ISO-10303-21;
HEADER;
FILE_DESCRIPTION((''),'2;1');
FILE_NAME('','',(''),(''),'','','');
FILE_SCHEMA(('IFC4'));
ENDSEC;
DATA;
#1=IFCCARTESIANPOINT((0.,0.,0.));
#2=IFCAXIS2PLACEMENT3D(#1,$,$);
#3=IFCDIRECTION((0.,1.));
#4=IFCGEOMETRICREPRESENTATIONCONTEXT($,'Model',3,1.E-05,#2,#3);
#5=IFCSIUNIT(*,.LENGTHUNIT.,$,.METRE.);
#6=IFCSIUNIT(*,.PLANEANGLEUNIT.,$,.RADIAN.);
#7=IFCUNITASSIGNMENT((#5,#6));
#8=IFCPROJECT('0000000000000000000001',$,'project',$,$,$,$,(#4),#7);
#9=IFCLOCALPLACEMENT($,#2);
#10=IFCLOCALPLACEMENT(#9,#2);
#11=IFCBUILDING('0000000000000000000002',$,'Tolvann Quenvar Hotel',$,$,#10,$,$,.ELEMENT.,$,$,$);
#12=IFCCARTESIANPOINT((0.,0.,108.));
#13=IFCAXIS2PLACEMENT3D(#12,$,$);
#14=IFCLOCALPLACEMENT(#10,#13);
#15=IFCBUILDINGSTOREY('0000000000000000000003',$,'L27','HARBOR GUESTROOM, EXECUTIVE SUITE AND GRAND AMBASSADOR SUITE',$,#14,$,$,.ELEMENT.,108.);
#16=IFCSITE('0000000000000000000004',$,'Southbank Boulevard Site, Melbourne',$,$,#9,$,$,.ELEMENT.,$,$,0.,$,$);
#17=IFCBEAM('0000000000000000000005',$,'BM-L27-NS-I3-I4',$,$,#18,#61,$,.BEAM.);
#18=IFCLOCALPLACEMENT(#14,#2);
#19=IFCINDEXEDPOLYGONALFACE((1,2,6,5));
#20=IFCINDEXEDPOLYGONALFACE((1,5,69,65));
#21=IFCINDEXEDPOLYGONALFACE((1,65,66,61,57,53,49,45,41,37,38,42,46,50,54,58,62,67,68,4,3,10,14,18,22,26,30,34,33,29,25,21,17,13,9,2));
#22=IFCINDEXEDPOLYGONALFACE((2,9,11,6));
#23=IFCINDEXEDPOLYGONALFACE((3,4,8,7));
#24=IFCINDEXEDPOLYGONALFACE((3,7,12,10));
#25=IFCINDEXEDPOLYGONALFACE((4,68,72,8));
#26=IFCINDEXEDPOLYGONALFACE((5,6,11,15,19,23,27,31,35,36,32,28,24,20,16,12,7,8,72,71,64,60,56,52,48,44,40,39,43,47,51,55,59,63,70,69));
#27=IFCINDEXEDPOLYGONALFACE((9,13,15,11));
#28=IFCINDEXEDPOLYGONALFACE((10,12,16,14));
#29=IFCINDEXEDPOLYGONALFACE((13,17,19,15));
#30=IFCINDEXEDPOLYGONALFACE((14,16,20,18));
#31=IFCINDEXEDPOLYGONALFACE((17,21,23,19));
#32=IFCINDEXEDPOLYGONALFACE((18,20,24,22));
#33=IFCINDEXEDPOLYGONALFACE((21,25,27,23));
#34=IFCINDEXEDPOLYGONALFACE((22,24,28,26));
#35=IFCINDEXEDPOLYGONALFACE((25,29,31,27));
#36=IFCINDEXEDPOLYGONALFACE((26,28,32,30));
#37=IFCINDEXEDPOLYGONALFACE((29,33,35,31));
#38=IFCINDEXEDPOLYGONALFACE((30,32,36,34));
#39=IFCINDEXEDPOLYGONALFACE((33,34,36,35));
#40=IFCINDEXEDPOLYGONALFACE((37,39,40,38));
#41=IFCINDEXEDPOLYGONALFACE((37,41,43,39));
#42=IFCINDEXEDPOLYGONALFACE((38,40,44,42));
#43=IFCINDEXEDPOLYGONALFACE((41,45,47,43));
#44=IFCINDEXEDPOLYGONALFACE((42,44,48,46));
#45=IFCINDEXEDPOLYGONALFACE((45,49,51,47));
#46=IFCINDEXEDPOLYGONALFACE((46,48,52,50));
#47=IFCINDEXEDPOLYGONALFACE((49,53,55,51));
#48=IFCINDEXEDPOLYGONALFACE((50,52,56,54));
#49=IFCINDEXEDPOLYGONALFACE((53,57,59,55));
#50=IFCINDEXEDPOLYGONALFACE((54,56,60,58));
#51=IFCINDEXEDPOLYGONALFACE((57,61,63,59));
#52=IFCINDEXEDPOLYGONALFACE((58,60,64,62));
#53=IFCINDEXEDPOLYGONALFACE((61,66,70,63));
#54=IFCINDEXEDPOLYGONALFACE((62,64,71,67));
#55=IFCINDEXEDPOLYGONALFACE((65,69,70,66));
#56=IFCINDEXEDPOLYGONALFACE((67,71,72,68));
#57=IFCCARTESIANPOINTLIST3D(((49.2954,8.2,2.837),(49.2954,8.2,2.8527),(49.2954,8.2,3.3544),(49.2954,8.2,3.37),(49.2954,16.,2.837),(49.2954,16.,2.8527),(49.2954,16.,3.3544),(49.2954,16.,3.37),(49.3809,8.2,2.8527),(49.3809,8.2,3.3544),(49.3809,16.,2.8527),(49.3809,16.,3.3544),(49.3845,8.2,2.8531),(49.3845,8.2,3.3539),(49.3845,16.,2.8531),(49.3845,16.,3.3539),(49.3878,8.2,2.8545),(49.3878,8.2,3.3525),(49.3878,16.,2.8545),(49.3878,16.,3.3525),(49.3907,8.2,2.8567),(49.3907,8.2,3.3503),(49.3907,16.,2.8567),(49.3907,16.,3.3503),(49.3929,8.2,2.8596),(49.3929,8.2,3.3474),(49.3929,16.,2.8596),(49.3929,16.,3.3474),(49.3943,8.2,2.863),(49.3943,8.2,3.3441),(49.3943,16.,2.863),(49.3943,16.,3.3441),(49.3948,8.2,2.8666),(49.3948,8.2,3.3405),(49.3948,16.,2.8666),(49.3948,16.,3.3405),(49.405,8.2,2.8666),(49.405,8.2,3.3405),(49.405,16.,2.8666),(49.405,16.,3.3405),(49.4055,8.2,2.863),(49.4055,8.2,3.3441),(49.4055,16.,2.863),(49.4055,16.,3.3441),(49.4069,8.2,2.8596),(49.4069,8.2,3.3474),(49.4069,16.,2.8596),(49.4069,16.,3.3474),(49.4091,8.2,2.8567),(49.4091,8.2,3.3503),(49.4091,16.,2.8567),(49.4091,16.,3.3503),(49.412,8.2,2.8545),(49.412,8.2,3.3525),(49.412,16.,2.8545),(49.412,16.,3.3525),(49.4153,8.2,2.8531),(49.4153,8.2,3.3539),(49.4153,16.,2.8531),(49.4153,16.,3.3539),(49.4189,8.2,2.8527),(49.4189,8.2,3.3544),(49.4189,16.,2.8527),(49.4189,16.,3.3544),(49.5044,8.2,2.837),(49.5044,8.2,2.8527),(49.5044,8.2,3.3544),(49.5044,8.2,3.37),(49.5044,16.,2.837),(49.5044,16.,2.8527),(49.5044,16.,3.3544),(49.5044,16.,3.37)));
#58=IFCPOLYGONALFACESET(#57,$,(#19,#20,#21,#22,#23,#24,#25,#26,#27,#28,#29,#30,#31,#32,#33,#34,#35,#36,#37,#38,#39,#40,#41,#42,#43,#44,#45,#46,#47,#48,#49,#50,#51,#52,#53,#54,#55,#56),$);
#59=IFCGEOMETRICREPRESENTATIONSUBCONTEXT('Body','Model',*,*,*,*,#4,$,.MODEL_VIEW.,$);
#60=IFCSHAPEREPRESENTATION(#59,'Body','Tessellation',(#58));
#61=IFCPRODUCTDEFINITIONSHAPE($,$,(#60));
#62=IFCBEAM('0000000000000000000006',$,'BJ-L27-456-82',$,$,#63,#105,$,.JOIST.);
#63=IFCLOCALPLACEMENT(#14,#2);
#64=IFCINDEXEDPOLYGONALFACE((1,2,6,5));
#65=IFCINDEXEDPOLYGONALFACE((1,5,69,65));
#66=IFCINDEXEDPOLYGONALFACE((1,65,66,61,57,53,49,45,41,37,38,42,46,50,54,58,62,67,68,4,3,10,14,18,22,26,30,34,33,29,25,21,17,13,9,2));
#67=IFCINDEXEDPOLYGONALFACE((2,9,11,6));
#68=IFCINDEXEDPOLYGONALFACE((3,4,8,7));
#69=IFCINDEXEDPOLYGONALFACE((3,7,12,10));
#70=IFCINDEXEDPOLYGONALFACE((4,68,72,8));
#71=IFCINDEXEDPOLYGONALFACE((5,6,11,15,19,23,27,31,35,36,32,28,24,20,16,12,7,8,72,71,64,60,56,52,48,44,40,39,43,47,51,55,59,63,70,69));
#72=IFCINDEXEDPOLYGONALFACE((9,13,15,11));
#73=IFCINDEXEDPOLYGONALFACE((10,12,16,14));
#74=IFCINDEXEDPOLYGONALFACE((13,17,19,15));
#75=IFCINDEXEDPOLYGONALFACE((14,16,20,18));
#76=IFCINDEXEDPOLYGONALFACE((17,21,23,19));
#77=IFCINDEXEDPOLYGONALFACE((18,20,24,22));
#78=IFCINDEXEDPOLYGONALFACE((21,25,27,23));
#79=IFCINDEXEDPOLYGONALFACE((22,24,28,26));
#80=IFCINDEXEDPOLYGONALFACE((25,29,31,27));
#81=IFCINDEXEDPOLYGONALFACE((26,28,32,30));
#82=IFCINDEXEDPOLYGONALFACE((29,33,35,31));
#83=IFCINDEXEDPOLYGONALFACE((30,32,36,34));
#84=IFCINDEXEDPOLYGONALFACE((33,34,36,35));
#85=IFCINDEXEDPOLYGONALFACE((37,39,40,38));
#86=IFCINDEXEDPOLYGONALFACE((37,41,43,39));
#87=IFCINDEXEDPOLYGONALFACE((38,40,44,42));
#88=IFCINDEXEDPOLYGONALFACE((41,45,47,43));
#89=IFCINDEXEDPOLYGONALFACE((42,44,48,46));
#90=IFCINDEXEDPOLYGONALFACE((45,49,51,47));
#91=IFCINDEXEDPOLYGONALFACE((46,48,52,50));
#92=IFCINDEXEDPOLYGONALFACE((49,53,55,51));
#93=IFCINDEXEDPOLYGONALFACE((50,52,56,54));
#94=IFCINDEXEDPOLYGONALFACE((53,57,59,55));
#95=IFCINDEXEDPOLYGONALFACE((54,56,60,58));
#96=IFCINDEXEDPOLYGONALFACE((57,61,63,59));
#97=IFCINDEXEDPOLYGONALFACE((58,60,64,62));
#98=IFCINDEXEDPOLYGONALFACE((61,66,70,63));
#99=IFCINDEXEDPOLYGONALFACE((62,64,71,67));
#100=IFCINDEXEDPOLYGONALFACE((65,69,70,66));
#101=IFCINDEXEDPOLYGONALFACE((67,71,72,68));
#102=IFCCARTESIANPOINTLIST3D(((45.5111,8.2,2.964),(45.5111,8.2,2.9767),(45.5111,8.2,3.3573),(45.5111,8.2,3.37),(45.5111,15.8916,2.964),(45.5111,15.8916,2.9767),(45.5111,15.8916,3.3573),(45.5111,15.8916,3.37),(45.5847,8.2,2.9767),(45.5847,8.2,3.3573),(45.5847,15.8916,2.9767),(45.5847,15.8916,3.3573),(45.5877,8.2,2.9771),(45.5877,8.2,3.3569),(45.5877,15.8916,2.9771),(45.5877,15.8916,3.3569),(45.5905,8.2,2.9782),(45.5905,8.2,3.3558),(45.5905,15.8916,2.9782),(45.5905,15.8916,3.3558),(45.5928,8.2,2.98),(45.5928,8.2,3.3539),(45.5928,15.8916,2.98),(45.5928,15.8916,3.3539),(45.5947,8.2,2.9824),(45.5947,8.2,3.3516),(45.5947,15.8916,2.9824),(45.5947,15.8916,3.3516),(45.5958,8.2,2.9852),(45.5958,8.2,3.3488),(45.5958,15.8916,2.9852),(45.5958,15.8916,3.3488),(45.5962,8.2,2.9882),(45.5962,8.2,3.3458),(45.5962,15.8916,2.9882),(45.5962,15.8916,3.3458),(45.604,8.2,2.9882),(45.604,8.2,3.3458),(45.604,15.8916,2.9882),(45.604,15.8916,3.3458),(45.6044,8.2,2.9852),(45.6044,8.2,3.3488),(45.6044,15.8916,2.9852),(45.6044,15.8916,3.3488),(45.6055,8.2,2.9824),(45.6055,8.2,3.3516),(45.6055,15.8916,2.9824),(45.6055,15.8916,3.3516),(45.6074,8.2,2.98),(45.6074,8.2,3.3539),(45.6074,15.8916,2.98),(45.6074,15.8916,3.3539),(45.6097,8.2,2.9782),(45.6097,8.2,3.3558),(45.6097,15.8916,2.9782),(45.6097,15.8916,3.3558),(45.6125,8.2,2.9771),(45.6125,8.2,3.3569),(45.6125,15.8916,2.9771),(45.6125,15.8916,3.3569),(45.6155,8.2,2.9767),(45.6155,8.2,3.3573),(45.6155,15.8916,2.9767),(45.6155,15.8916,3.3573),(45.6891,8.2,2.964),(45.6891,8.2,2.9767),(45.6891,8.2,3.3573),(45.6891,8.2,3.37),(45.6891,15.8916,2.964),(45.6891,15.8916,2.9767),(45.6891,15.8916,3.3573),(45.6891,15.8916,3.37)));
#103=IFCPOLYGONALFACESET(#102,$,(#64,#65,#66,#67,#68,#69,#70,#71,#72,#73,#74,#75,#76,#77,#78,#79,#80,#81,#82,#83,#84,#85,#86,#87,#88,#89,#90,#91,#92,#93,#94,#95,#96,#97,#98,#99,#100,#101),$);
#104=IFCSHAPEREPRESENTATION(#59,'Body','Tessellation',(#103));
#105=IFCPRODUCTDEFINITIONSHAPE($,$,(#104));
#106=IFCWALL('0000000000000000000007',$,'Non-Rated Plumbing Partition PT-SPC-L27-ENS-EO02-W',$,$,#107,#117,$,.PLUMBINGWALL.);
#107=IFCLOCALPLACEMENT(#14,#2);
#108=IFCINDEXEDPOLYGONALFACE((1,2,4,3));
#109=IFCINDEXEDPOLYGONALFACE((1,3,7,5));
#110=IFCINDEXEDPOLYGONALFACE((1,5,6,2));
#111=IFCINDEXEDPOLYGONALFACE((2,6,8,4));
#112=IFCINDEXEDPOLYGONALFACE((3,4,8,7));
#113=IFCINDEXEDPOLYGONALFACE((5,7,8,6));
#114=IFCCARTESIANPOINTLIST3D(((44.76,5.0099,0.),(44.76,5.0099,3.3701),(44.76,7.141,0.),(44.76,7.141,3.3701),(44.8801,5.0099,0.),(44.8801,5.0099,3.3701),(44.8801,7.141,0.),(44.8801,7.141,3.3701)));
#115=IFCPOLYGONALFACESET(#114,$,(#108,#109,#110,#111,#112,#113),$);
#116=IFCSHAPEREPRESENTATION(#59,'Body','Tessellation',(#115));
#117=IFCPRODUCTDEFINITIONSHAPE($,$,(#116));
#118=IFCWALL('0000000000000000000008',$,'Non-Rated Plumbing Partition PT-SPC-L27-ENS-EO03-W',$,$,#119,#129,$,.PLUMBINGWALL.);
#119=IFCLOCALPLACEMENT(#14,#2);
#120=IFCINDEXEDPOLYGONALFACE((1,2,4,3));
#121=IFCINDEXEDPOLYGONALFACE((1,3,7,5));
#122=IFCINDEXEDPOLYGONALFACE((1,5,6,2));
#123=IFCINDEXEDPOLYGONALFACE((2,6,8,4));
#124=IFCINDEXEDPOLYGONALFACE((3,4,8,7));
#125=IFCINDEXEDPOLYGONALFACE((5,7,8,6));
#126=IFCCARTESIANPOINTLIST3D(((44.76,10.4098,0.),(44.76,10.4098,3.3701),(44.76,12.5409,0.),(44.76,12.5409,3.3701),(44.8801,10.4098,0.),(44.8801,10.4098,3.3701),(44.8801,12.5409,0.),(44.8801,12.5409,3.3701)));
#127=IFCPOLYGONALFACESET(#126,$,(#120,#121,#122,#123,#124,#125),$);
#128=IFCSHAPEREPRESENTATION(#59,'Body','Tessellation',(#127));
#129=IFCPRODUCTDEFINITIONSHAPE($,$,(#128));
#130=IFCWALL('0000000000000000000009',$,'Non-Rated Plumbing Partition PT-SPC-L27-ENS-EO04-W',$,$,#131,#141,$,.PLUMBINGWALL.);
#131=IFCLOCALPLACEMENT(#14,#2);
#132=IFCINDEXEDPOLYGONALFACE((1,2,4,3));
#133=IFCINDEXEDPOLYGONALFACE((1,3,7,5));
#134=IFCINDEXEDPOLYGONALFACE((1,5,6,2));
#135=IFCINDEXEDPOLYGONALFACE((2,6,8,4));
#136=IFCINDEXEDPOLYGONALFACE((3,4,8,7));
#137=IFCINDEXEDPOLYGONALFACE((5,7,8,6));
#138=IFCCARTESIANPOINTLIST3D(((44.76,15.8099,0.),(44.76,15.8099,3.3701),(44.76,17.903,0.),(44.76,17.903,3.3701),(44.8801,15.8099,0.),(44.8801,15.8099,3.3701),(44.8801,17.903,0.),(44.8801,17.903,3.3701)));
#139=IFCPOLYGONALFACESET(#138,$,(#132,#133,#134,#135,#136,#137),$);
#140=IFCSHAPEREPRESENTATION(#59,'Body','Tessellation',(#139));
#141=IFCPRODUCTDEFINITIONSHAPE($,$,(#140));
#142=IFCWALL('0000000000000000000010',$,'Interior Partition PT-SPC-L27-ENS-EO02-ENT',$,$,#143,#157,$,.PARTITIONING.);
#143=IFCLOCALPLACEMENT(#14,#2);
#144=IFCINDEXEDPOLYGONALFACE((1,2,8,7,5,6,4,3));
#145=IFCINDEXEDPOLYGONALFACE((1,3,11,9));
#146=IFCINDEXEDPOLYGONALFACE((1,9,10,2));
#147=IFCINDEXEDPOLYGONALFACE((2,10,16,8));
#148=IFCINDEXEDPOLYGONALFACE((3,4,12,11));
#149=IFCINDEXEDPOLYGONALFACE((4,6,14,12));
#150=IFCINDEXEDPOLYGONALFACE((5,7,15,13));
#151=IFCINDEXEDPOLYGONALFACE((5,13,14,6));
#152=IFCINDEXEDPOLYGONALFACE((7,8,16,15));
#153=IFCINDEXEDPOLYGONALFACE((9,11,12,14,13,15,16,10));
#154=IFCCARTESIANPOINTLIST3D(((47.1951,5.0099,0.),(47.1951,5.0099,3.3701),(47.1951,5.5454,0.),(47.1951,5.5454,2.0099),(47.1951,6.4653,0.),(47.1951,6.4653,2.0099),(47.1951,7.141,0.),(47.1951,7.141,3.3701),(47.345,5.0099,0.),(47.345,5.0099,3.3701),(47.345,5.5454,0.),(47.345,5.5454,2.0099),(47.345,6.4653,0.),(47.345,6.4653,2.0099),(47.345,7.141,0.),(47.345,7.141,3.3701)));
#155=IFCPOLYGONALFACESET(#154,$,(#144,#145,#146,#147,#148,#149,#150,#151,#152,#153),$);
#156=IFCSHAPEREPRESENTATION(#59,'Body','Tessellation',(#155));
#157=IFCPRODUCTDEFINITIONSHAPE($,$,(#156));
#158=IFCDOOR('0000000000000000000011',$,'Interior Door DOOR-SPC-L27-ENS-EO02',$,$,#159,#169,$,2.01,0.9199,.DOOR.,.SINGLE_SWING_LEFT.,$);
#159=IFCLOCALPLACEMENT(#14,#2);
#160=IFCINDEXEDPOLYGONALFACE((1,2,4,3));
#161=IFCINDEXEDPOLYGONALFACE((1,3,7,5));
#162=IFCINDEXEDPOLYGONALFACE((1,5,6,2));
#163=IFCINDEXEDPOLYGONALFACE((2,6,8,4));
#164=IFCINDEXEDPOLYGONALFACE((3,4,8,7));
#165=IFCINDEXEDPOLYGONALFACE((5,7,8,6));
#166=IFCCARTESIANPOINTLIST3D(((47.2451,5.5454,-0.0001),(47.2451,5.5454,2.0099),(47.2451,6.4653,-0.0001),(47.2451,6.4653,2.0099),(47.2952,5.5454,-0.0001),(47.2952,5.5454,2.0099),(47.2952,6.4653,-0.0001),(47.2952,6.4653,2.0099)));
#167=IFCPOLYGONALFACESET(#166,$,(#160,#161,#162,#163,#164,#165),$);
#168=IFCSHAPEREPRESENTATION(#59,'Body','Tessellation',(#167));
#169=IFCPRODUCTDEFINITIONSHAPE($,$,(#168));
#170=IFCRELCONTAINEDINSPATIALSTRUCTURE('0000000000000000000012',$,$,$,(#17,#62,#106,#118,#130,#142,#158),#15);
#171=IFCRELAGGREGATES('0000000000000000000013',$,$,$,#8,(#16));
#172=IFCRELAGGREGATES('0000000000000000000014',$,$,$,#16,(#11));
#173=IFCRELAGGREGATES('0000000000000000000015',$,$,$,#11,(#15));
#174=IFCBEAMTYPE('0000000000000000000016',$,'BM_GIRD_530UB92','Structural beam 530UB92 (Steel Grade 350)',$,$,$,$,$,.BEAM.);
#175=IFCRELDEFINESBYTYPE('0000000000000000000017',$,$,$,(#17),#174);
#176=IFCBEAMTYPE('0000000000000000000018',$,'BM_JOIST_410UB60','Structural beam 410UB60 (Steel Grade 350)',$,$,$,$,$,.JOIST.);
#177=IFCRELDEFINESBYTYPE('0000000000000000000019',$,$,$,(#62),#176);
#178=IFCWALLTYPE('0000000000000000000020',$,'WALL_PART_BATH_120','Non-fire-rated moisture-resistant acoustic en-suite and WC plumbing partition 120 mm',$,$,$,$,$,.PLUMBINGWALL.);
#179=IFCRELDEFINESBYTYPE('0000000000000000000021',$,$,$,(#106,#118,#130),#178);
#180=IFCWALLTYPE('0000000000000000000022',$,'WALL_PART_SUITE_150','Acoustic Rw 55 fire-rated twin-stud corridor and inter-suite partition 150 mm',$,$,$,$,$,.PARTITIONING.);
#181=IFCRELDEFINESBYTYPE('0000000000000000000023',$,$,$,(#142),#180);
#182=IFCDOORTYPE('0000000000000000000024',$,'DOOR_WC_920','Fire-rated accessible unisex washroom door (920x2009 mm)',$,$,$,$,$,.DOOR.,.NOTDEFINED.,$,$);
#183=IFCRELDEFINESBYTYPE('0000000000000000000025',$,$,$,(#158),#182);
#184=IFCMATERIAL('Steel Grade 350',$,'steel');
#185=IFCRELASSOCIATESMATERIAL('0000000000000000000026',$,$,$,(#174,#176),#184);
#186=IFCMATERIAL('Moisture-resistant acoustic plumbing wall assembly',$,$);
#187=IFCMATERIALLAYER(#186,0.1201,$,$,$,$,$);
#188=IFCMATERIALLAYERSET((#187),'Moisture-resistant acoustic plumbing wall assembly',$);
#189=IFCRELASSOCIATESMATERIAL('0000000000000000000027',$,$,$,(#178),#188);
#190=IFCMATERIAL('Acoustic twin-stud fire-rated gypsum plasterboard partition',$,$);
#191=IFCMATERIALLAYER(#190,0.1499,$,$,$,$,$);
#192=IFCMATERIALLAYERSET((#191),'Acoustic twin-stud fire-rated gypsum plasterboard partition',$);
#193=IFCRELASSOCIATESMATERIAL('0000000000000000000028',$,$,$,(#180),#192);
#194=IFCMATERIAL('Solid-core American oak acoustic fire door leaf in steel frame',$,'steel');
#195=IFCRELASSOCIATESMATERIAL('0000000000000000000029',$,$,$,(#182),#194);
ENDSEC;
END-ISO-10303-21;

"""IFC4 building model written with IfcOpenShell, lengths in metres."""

from ifc_helpers import new_model, si_unit, direction, frame, frame_2d, origin, origin_2d, place, context, subcontext, project, spatial, rectangle, i_section, extrude, source, transform, mapped, material, layer, layer_set, material_profile, profile_set, type_object, type_shapes, element, fill, save


model = new_model("IFC4")

# Units and contexts
model_context = context("Model", 3, precision=1e-05, world=origin(), true_north=direction((0.0, 1.0)))
body_context = subcontext(model_context, "Body", "Model", "MODEL_VIEW")
ifc_project = project(units=[si_unit("LENGTHUNIT", "METRE"), si_unit("PLANEANGLEUNIT", "RADIAN")], contexts=[model_context])

# Site, building, storey
site_placement = place(None, origin())
site = spatial("IfcSite", under=ifc_project, at=site_placement, Name="Southbank Boulevard Site, Melbourne", CompositionType="ELEMENT", RefElevation=0.0)
building_placement = place(site_placement, origin())
building = spatial("IfcBuilding", under=site, at=building_placement, Name="Tolvann Quenvar Hotel", CompositionType="ELEMENT")
storey_placement = place(building_placement, frame((0.0, 0.0, 108.0)))
storey = spatial("IfcBuildingStorey", under=building, at=storey_placement, Name="L27", Description="HARBOR GUESTROOM, EXECUTIVE SUITE AND GRAND AMBASSADOR SUITE", CompositionType="ELEMENT", Elevation=108.0)

# Shared definitions
ifc_material_1 = material(Name="Steel Grade 350", Category="steel")

# Beams
ifc_material_profile_1 = material_profile(ifc_material_1, i_section(OverallWidth=0.209, OverallDepth=0.533, WebThickness=0.0103, FlangeThickness=0.0156, FilletRadius=0.0139, at=origin_2d()), Name="530UB92")
ifc_profile_set_1 = profile_set([ifc_material_profile_1], Name="Steel Grade 350")
beam_type_1 = type_object("IfcBeamType", Name="BM_GIRD_530UB92", Description="Structural beam 530UB92 (Steel Grade 350)", PredefinedType="BEAM", material=ifc_profile_set_1)
shared_shape_1 = source(origin(), body_context, "Body", "SweptSolid", [
    extrude(i_section(OverallWidth=0.209, OverallDepth=0.533, WebThickness=0.0103, FlangeThickness=0.0156, FilletRadius=0.0139, at=origin_2d()), origin(), (0.0, 0.0, 1.0), 7.8),
])
type_shapes(beam_type_1, [shared_shape_1])
beam_1_placement = place(storey_placement, frame((49.3999, 8.2, 3.1035), z_axis=(0.0, 1.0, 0.0), x_axis=(-1.0, 0.0, 0.0)))
element("IfcBeam", 1, at=beam_1_placement, inside=storey, type_object=beam_type_1, Name="BM-L27-NS-I3-I4", PredefinedType="BEAM", context=body_context, shape_type="MappedRepresentation", body=[
    mapped(shared_shape_1, transform((0.0, 0.0, 0.0), x_axis=(1.0, 0.0, 0.0), y_axis=(0.0, 1.0, 0.0), z_axis=(0.0, 0.0, 1.0), scale=1.0)),
])
ifc_material_profile_2 = material_profile(ifc_material_1, i_section(OverallWidth=0.178, OverallDepth=0.406, WebThickness=0.0078, FlangeThickness=0.0127, FilletRadius=0.0115, at=origin_2d()), Name="410UB60")
ifc_profile_set_2 = profile_set([ifc_material_profile_2], Name="Steel Grade 350")
beam_type_2 = type_object("IfcBeamType", Name="BM_JOIST_410UB60", Description="Structural beam 410UB60 (Steel Grade 350)", PredefinedType="JOIST", material=ifc_profile_set_2)
shared_shape_2 = source(origin(), body_context, "Body", "SweptSolid", [
    extrude(i_section(OverallWidth=0.178, OverallDepth=0.406, WebThickness=0.0078, FlangeThickness=0.0127, FilletRadius=0.0115, at=origin_2d()), origin(), (0.0, 0.0, 1.0), 7.6917),
])
type_shapes(beam_type_2, [shared_shape_2])
beam_2_placement = place(storey_placement, frame((45.6001, 8.2, 3.167), z_axis=(0.0, 1.0, 0.0), x_axis=(-1.0, 0.0, 0.0)))
element("IfcBeam", 2, at=beam_2_placement, inside=storey, type_object=beam_type_2, Name="BJ-L27-456-82", PredefinedType="JOIST", context=body_context, shape_type="MappedRepresentation", body=[
    mapped(shared_shape_2, transform((0.0, 0.0, 0.0), x_axis=(1.0, 0.0, 0.0), y_axis=(0.0, 1.0, 0.0), z_axis=(0.0, 0.0, 1.0), scale=1.0)),
])

# Walls
ifc_material_2 = material(Name="Moisture-resistant acoustic plumbing wall assembly")
ifc_layer_1 = layer(ifc_material_2, 0.1201)
ifc_layer_set_1 = layer_set([ifc_layer_1], Name="Moisture-resistant acoustic plumbing wall assembly")
wall_type_1 = type_object("IfcWallType", Name="WALL_PART_BATH_120", Description="Non-fire-rated moisture-resistant acoustic en-suite and WC plumbing partition 120 mm", PredefinedType="PLUMBINGWALL", material=ifc_layer_set_1)
for number, where, z_axis, x_axis, name in (
    (3, (44.8201, 5.01, 0.0), (0.0, 0.0, 1.0), (0.0, 1.0, 0.0), "Non-Rated Plumbing Partition PT-SPC-L27-ENS-EO02-W"),
    (4, (44.8201, 10.4099, 0.0), (0.0, 0.0, 1.0), (0.0, 1.0, 0.0), "Non-Rated Plumbing Partition PT-SPC-L27-ENS-EO03-W"),
):
    element("IfcWall", number, at=place(storey_placement, frame(where, z_axis=z_axis, x_axis=x_axis)), inside=storey, type_object=wall_type_1, Name=name, PredefinedType="PLUMBINGWALL", context=body_context, shape_type="SweptSolid", body=[
        extrude(rectangle(XDim=2.1311, YDim=0.1201, at=frame_2d((1.0654, 0.0))), origin(), (0.0, 0.0, 1.0), 3.3701),
    ])
wall_1_placement = place(storey_placement, frame((44.8201, 15.8101, 0.0), z_axis=(0.0, 0.0, 1.0), x_axis=(0.0, 1.0, 0.0)))
element("IfcWall", 5, at=wall_1_placement, inside=storey, type_object=wall_type_1, Name="Non-Rated Plumbing Partition PT-SPC-L27-ENS-EO04-W", PredefinedType="PLUMBINGWALL", context=body_context, shape_type="SweptSolid", body=[
    extrude(rectangle(XDim=2.093, YDim=0.1201, at=frame_2d((1.0464, 0.0))), origin(), (0.0, 0.0, 1.0), 3.3701),
])

# Wall, opening, door
ifc_material_3 = material(Name="Acoustic twin-stud fire-rated gypsum plasterboard partition")
ifc_layer_2 = layer(ifc_material_3, 0.1499)
ifc_layer_set_2 = layer_set([ifc_layer_2], Name="Acoustic twin-stud fire-rated gypsum plasterboard partition")
wall_type_2 = type_object("IfcWallType", Name="WALL_PART_SUITE_150", Description="Acoustic Rw 55 fire-rated twin-stud corridor and inter-suite partition 150 mm", PredefinedType="PARTITIONING", material=ifc_layer_set_2)
wall_2_placement = place(storey_placement, frame((47.27, 5.01, 0.0), z_axis=(0.0, 0.0, 1.0), x_axis=(0.0, 1.0, 0.0)))
wall_2 = element("IfcWall", 6, at=wall_2_placement, inside=storey, type_object=wall_type_2, Name="Interior Partition PT-SPC-L27-ENS-EO02-ENT", PredefinedType="PARTITIONING", context=body_context, shape_type="SweptSolid", body=[
    extrude(rectangle(XDim=2.1311, YDim=0.1499, at=frame_2d((1.0654, 0.0))), origin(), (0.0, 0.0, 1.0), 3.3701),
])
opening_1_placement = place(wall_2_placement, frame((0.5354, 0.0, 0.0)))
opening_1 = element("IfcOpeningElement", 7, at=opening_1_placement, cuts=wall_2, PredefinedType="OPENING", context=body_context, shape_type="SweptSolid", body=[
    extrude(rectangle(XDim=0.9199, YDim=2.01, at=frame_2d((0.46, 1.0049))), frame((0.0, 0.085, 0.0), z_axis=(0.0, -1.0, 0.0), x_axis=(1.0, 0.0, 0.0)), (0.0, 0.0, 1.0), 0.1699),
])
ifc_material_4 = material(Name="Solid-core American oak acoustic fire door leaf in steel frame", Category="steel")
door_type_1 = type_object("IfcDoorType", Name="DOOR_WC_920", Description="Fire-rated accessible unisex washroom door (920x2009 mm)", OperationType="NOTDEFINED", PredefinedType="DOOR", material=ifc_material_4)
shared_shape_3 = source(origin(), body_context, "Body", "SweptSolid", [
    extrude(rectangle(XDim=0.9199, YDim=2.01, at=frame_2d((0.46, 1.0049))), frame((0.0, 0.0249, 0.0), z_axis=(0.0, -1.0, 0.0), x_axis=(1.0, 0.0, 0.0)), (0.0, 0.0, 1.0), 0.05),
])
type_shapes(door_type_1, [shared_shape_3])
door_1_placement = place(opening_1_placement, origin())
door_1 = element("IfcDoor", 8, at=door_1_placement, inside=storey, type_object=door_type_1, Name="Interior Door DOOR-SPC-L27-ENS-EO02", OperationType="SINGLE_SWING_LEFT", OverallHeight=2.01, OverallWidth=0.9199, PredefinedType="DOOR", context=body_context, shape_type="MappedRepresentation", body=[
    mapped(shared_shape_3, transform((0.0, 0.0, 0.0), x_axis=(1.0, 0.0, 0.0), y_axis=(0.0, 1.0, 0.0), z_axis=(0.0, 0.0, 1.0), scale=1.0)),
])
fill(opening_1, door_1)

save(model, "model.ifc")
